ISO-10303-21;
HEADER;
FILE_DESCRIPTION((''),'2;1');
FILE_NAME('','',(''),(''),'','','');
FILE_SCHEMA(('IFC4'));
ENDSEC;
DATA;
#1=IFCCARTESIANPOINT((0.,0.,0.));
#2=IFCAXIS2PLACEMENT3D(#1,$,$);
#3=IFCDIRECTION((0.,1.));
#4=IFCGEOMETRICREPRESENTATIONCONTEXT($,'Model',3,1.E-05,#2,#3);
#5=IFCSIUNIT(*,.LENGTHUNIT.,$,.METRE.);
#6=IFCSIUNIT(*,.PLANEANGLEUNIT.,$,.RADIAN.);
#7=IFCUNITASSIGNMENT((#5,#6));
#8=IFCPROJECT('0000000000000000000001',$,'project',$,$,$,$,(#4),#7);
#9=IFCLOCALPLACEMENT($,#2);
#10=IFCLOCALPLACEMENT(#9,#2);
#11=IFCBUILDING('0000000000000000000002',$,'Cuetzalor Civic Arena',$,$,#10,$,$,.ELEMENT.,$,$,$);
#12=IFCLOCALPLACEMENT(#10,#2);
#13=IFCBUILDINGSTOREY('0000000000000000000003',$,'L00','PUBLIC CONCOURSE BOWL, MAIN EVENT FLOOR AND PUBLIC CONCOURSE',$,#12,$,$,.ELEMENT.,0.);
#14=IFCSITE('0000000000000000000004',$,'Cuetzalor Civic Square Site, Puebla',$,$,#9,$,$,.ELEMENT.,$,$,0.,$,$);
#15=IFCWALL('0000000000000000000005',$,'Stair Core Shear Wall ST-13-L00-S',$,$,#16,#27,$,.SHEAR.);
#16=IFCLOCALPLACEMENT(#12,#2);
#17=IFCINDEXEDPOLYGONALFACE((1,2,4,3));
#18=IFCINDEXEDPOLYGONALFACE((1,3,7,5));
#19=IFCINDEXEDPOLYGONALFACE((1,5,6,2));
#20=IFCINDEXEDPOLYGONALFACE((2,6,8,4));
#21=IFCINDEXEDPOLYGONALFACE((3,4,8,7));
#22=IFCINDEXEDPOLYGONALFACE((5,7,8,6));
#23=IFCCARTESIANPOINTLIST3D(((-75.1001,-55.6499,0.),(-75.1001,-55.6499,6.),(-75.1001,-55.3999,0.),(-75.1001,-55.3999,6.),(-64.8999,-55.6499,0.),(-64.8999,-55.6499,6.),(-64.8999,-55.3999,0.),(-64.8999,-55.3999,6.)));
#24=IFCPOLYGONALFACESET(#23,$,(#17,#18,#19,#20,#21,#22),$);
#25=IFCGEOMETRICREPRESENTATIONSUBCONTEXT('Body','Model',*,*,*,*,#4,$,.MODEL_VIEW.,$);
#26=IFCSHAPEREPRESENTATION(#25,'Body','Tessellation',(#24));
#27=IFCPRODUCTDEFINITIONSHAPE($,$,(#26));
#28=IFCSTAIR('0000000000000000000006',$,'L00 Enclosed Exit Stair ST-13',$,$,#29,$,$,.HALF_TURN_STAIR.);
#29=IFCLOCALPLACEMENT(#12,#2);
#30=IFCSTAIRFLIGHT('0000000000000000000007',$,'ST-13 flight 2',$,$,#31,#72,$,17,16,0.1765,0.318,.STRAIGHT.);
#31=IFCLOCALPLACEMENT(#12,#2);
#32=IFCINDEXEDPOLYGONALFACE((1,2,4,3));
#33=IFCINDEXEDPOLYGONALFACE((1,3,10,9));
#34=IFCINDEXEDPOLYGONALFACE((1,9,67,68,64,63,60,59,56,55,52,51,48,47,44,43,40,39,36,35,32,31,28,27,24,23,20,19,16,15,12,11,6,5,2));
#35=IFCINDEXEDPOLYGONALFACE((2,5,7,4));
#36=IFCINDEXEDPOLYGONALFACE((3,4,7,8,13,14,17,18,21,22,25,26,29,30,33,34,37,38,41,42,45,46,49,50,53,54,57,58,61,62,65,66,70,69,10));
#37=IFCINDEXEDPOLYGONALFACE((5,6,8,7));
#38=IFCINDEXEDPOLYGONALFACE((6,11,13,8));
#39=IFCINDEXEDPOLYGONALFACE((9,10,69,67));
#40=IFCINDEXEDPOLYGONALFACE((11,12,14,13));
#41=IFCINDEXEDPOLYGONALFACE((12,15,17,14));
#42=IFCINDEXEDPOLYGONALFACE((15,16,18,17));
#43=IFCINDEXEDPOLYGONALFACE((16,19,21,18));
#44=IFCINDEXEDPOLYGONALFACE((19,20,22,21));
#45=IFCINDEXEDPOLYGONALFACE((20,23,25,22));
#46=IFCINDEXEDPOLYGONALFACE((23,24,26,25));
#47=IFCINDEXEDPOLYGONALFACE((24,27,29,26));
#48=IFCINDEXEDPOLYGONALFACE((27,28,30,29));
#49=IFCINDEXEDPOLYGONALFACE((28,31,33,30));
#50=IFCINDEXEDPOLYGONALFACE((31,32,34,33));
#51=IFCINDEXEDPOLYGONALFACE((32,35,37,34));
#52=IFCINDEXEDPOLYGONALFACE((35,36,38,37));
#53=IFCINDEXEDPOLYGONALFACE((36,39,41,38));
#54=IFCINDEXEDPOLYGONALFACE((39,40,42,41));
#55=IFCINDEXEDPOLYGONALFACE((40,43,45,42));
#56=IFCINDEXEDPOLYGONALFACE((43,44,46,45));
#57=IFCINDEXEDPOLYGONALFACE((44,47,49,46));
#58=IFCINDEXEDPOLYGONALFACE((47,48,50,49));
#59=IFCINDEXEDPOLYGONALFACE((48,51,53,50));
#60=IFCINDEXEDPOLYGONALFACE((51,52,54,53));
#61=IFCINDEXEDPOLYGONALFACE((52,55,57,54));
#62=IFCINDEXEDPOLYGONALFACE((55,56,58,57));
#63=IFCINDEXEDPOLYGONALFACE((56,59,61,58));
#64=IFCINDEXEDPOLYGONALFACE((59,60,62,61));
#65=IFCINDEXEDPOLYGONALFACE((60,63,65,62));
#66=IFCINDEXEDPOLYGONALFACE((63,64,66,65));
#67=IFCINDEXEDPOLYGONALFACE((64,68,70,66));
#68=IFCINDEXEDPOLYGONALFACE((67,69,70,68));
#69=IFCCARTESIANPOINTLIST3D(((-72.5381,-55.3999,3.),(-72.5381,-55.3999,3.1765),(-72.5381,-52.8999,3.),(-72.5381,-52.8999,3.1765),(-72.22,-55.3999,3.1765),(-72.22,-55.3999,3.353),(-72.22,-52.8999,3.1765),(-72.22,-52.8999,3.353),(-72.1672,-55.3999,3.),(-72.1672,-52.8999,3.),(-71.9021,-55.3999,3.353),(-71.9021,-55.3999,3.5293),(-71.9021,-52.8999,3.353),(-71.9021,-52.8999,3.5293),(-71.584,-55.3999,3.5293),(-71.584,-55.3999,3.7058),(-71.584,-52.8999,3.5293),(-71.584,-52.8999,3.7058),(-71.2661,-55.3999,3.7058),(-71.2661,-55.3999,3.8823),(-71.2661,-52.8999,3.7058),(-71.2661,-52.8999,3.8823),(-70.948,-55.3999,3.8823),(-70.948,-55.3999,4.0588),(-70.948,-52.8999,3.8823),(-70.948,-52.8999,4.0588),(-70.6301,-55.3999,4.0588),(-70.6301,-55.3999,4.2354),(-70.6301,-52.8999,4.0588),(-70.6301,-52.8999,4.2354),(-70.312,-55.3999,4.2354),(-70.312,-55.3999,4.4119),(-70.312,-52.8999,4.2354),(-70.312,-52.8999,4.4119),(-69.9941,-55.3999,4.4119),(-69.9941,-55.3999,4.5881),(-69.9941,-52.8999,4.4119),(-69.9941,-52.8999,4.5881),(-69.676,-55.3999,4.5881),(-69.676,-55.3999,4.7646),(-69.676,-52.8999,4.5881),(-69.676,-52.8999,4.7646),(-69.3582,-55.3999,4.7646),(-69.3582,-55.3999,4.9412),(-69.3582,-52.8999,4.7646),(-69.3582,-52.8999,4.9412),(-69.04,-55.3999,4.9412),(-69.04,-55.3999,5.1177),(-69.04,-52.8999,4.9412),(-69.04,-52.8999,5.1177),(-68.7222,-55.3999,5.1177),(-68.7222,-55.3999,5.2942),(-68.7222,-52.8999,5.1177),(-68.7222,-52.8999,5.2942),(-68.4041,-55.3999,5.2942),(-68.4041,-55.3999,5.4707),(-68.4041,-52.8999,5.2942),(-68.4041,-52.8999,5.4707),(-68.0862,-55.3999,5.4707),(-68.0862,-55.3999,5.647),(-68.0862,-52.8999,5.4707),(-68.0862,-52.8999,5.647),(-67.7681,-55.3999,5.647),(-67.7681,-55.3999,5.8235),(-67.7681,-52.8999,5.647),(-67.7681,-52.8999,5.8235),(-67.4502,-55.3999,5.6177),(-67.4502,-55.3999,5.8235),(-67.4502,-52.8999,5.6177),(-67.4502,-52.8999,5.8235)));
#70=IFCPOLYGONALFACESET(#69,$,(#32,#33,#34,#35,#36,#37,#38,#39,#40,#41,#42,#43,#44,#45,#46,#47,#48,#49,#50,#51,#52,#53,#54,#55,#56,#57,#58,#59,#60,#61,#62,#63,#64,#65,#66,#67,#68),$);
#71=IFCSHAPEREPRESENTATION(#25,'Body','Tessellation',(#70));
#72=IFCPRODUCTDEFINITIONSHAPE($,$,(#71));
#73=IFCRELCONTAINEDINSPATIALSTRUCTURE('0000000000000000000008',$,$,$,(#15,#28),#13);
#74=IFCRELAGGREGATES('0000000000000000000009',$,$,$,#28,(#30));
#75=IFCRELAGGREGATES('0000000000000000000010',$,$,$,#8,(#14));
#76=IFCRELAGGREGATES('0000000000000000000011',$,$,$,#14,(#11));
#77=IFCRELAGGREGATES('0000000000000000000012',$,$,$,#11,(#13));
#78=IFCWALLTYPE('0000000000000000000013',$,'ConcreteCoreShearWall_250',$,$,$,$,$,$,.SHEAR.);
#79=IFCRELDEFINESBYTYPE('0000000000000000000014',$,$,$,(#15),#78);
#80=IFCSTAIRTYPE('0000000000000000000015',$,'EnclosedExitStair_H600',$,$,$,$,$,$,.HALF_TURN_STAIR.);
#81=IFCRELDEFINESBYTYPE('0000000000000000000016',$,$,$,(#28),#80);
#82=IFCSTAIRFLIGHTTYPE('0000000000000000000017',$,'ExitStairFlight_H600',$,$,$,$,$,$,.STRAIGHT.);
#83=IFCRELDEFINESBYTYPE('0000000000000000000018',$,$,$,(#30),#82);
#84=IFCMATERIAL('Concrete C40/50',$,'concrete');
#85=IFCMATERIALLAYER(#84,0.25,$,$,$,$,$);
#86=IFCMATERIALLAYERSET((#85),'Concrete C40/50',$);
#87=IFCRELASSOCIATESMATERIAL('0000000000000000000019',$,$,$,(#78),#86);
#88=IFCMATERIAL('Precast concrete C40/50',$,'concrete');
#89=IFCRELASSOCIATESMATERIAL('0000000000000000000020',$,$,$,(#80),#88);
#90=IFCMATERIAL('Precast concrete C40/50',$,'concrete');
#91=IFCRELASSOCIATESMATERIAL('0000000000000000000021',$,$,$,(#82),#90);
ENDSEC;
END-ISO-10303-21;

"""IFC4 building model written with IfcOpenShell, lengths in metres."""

from ifc_helpers import new_model, si_unit, direction, frame, frame_2d, origin, place, context, subcontext, project, spatial, polyline, rectangle, outline, extrude, material, layer, layer_set, type_object, element, aggregate, save


model = new_model("IFC4")

# Units and contexts
model_context = context("Model", 3, precision=1e-05, world=origin(), true_north=direction((0.0, 1.0)))
body_context = subcontext(model_context, "Body", "Model", "MODEL_VIEW")
ifc_project = project(units=[si_unit("LENGTHUNIT", "METRE"), si_unit("PLANEANGLEUNIT", "RADIAN")], contexts=[model_context])

# Site, building, storey
site_placement = place(None, origin())
site = spatial("IfcSite", under=ifc_project, at=site_placement, Name="Cuetzalor Civic Square Site, Puebla", CompositionType="ELEMENT", RefElevation=0.0)
building_placement = place(site_placement, origin())
building = spatial("IfcBuilding", under=site, at=building_placement, Name="Cuetzalor Civic Arena", CompositionType="ELEMENT")
storey_placement = place(building_placement, origin())
storey = spatial("IfcBuildingStorey", under=building, at=storey_placement, Name="L00", Description="PUBLIC CONCOURSE BOWL, MAIN EVENT FLOOR AND PUBLIC CONCOURSE", CompositionType="ELEMENT", Elevation=0.0)

# Wall
ifc_material_1 = material(Name="Concrete C40/50", Category="concrete")
ifc_layer = layer(ifc_material_1, 0.25)
ifc_layer_set = layer_set([ifc_layer], Name="Concrete C40/50")
wall_type = type_object("IfcWallType", Name="ConcreteCoreShearWall_250", PredefinedType="SHEAR", material=ifc_layer_set)
wall_placement = place(storey_placement, frame((-64.8999, -55.5249, 0.0), z_axis=(0.0, 0.0, 1.0), x_axis=(-1.0, 0.0, 0.0)))
element("IfcWall", 1, at=wall_placement, inside=storey, type_object=wall_type, Name="Stair Core Shear Wall ST-13-L00-S", PredefinedType="SHEAR", context=body_context, shape_type="SweptSolid", body=[
    extrude(rectangle(XDim=10.2002, YDim=0.25, at=frame_2d((5.1001, 0.0))), origin(), (0.0, 0.0, 1.0), 6.0),
])

# Stair, stair flight
ifc_material_2 = material(Name="Precast concrete C40/50", Category="concrete")
stair_type = type_object("IfcStairType", Name="EnclosedExitStair_H600", PredefinedType="HALF_TURN_STAIR", material=ifc_material_2)
stair_placement = place(storey_placement, origin())
stair = element("IfcStair", 2, at=stair_placement, inside=storey, type_object=stair_type, Name="L00 Enclosed Exit Stair ST-13", PredefinedType="HALF_TURN_STAIR")
ifc_material_3 = material(Name="Precast concrete C40/50", Category="concrete")
stair_flight_type = type_object("IfcStairFlightType", Name="ExitStairFlight_H600", PredefinedType="STRAIGHT", material=ifc_material_3)
stair_flight_placement = place(storey_placement, frame((-72.5381, -54.1499, 3.0), z_axis=(0.0, 0.0, 1.0), x_axis=(1.0, 0.0, 0.0)))
stair_flight = element("IfcStairFlight", 3, at=stair_flight_placement, type_object=stair_flight_type, Name="ST-13 flight 2", NumberOfRisers=17, NumberOfTreads=16, PredefinedType="STRAIGHT", RiserHeight=0.1765, TreadLength=0.318, context=body_context, shape_type="SweptSolid", body=[
    extrude(outline(polyline([(0.0, 0.0), (0.0, 0.1765), (0.3181, 0.1765), (0.3181, 0.353), (0.636, 0.353), (0.636, 0.5293), (0.9541, 0.5293), (0.9541, 0.7058), (1.272, 0.7058), (1.272, 0.8823), (1.5901, 0.8823), (1.5901, 1.0588), (1.908, 1.0588), (1.908, 1.2354), (2.2261, 1.2354), (2.2261, 1.4119), (2.5439, 1.4119), (2.5439, 1.5881), (2.8621, 1.5881), (2.8621, 1.7646), (3.1799, 1.7646), (3.1799, 1.9412), (3.498, 1.9412), (3.498, 2.1177), (3.8159, 2.1177), (3.8159, 2.2942), (4.134, 2.2942), (4.134, 2.4707), (4.4519, 2.4707), (4.4519, 2.647), (4.77, 2.647), (4.77, 2.8235), (5.0879, 2.8235), (5.0879, 3.0), (5.0879, 2.6177), (0.3708, 0.0), (0.0, 0.0)])), frame((0.0, 1.25, 0.0), z_axis=(0.0, -1.0, 0.0), x_axis=(1.0, 0.0, 0.0)), (0.0, 0.0, 1.0), 2.5),
])
aggregate(stair, [stair_flight])

save(model, "model.ifc")
